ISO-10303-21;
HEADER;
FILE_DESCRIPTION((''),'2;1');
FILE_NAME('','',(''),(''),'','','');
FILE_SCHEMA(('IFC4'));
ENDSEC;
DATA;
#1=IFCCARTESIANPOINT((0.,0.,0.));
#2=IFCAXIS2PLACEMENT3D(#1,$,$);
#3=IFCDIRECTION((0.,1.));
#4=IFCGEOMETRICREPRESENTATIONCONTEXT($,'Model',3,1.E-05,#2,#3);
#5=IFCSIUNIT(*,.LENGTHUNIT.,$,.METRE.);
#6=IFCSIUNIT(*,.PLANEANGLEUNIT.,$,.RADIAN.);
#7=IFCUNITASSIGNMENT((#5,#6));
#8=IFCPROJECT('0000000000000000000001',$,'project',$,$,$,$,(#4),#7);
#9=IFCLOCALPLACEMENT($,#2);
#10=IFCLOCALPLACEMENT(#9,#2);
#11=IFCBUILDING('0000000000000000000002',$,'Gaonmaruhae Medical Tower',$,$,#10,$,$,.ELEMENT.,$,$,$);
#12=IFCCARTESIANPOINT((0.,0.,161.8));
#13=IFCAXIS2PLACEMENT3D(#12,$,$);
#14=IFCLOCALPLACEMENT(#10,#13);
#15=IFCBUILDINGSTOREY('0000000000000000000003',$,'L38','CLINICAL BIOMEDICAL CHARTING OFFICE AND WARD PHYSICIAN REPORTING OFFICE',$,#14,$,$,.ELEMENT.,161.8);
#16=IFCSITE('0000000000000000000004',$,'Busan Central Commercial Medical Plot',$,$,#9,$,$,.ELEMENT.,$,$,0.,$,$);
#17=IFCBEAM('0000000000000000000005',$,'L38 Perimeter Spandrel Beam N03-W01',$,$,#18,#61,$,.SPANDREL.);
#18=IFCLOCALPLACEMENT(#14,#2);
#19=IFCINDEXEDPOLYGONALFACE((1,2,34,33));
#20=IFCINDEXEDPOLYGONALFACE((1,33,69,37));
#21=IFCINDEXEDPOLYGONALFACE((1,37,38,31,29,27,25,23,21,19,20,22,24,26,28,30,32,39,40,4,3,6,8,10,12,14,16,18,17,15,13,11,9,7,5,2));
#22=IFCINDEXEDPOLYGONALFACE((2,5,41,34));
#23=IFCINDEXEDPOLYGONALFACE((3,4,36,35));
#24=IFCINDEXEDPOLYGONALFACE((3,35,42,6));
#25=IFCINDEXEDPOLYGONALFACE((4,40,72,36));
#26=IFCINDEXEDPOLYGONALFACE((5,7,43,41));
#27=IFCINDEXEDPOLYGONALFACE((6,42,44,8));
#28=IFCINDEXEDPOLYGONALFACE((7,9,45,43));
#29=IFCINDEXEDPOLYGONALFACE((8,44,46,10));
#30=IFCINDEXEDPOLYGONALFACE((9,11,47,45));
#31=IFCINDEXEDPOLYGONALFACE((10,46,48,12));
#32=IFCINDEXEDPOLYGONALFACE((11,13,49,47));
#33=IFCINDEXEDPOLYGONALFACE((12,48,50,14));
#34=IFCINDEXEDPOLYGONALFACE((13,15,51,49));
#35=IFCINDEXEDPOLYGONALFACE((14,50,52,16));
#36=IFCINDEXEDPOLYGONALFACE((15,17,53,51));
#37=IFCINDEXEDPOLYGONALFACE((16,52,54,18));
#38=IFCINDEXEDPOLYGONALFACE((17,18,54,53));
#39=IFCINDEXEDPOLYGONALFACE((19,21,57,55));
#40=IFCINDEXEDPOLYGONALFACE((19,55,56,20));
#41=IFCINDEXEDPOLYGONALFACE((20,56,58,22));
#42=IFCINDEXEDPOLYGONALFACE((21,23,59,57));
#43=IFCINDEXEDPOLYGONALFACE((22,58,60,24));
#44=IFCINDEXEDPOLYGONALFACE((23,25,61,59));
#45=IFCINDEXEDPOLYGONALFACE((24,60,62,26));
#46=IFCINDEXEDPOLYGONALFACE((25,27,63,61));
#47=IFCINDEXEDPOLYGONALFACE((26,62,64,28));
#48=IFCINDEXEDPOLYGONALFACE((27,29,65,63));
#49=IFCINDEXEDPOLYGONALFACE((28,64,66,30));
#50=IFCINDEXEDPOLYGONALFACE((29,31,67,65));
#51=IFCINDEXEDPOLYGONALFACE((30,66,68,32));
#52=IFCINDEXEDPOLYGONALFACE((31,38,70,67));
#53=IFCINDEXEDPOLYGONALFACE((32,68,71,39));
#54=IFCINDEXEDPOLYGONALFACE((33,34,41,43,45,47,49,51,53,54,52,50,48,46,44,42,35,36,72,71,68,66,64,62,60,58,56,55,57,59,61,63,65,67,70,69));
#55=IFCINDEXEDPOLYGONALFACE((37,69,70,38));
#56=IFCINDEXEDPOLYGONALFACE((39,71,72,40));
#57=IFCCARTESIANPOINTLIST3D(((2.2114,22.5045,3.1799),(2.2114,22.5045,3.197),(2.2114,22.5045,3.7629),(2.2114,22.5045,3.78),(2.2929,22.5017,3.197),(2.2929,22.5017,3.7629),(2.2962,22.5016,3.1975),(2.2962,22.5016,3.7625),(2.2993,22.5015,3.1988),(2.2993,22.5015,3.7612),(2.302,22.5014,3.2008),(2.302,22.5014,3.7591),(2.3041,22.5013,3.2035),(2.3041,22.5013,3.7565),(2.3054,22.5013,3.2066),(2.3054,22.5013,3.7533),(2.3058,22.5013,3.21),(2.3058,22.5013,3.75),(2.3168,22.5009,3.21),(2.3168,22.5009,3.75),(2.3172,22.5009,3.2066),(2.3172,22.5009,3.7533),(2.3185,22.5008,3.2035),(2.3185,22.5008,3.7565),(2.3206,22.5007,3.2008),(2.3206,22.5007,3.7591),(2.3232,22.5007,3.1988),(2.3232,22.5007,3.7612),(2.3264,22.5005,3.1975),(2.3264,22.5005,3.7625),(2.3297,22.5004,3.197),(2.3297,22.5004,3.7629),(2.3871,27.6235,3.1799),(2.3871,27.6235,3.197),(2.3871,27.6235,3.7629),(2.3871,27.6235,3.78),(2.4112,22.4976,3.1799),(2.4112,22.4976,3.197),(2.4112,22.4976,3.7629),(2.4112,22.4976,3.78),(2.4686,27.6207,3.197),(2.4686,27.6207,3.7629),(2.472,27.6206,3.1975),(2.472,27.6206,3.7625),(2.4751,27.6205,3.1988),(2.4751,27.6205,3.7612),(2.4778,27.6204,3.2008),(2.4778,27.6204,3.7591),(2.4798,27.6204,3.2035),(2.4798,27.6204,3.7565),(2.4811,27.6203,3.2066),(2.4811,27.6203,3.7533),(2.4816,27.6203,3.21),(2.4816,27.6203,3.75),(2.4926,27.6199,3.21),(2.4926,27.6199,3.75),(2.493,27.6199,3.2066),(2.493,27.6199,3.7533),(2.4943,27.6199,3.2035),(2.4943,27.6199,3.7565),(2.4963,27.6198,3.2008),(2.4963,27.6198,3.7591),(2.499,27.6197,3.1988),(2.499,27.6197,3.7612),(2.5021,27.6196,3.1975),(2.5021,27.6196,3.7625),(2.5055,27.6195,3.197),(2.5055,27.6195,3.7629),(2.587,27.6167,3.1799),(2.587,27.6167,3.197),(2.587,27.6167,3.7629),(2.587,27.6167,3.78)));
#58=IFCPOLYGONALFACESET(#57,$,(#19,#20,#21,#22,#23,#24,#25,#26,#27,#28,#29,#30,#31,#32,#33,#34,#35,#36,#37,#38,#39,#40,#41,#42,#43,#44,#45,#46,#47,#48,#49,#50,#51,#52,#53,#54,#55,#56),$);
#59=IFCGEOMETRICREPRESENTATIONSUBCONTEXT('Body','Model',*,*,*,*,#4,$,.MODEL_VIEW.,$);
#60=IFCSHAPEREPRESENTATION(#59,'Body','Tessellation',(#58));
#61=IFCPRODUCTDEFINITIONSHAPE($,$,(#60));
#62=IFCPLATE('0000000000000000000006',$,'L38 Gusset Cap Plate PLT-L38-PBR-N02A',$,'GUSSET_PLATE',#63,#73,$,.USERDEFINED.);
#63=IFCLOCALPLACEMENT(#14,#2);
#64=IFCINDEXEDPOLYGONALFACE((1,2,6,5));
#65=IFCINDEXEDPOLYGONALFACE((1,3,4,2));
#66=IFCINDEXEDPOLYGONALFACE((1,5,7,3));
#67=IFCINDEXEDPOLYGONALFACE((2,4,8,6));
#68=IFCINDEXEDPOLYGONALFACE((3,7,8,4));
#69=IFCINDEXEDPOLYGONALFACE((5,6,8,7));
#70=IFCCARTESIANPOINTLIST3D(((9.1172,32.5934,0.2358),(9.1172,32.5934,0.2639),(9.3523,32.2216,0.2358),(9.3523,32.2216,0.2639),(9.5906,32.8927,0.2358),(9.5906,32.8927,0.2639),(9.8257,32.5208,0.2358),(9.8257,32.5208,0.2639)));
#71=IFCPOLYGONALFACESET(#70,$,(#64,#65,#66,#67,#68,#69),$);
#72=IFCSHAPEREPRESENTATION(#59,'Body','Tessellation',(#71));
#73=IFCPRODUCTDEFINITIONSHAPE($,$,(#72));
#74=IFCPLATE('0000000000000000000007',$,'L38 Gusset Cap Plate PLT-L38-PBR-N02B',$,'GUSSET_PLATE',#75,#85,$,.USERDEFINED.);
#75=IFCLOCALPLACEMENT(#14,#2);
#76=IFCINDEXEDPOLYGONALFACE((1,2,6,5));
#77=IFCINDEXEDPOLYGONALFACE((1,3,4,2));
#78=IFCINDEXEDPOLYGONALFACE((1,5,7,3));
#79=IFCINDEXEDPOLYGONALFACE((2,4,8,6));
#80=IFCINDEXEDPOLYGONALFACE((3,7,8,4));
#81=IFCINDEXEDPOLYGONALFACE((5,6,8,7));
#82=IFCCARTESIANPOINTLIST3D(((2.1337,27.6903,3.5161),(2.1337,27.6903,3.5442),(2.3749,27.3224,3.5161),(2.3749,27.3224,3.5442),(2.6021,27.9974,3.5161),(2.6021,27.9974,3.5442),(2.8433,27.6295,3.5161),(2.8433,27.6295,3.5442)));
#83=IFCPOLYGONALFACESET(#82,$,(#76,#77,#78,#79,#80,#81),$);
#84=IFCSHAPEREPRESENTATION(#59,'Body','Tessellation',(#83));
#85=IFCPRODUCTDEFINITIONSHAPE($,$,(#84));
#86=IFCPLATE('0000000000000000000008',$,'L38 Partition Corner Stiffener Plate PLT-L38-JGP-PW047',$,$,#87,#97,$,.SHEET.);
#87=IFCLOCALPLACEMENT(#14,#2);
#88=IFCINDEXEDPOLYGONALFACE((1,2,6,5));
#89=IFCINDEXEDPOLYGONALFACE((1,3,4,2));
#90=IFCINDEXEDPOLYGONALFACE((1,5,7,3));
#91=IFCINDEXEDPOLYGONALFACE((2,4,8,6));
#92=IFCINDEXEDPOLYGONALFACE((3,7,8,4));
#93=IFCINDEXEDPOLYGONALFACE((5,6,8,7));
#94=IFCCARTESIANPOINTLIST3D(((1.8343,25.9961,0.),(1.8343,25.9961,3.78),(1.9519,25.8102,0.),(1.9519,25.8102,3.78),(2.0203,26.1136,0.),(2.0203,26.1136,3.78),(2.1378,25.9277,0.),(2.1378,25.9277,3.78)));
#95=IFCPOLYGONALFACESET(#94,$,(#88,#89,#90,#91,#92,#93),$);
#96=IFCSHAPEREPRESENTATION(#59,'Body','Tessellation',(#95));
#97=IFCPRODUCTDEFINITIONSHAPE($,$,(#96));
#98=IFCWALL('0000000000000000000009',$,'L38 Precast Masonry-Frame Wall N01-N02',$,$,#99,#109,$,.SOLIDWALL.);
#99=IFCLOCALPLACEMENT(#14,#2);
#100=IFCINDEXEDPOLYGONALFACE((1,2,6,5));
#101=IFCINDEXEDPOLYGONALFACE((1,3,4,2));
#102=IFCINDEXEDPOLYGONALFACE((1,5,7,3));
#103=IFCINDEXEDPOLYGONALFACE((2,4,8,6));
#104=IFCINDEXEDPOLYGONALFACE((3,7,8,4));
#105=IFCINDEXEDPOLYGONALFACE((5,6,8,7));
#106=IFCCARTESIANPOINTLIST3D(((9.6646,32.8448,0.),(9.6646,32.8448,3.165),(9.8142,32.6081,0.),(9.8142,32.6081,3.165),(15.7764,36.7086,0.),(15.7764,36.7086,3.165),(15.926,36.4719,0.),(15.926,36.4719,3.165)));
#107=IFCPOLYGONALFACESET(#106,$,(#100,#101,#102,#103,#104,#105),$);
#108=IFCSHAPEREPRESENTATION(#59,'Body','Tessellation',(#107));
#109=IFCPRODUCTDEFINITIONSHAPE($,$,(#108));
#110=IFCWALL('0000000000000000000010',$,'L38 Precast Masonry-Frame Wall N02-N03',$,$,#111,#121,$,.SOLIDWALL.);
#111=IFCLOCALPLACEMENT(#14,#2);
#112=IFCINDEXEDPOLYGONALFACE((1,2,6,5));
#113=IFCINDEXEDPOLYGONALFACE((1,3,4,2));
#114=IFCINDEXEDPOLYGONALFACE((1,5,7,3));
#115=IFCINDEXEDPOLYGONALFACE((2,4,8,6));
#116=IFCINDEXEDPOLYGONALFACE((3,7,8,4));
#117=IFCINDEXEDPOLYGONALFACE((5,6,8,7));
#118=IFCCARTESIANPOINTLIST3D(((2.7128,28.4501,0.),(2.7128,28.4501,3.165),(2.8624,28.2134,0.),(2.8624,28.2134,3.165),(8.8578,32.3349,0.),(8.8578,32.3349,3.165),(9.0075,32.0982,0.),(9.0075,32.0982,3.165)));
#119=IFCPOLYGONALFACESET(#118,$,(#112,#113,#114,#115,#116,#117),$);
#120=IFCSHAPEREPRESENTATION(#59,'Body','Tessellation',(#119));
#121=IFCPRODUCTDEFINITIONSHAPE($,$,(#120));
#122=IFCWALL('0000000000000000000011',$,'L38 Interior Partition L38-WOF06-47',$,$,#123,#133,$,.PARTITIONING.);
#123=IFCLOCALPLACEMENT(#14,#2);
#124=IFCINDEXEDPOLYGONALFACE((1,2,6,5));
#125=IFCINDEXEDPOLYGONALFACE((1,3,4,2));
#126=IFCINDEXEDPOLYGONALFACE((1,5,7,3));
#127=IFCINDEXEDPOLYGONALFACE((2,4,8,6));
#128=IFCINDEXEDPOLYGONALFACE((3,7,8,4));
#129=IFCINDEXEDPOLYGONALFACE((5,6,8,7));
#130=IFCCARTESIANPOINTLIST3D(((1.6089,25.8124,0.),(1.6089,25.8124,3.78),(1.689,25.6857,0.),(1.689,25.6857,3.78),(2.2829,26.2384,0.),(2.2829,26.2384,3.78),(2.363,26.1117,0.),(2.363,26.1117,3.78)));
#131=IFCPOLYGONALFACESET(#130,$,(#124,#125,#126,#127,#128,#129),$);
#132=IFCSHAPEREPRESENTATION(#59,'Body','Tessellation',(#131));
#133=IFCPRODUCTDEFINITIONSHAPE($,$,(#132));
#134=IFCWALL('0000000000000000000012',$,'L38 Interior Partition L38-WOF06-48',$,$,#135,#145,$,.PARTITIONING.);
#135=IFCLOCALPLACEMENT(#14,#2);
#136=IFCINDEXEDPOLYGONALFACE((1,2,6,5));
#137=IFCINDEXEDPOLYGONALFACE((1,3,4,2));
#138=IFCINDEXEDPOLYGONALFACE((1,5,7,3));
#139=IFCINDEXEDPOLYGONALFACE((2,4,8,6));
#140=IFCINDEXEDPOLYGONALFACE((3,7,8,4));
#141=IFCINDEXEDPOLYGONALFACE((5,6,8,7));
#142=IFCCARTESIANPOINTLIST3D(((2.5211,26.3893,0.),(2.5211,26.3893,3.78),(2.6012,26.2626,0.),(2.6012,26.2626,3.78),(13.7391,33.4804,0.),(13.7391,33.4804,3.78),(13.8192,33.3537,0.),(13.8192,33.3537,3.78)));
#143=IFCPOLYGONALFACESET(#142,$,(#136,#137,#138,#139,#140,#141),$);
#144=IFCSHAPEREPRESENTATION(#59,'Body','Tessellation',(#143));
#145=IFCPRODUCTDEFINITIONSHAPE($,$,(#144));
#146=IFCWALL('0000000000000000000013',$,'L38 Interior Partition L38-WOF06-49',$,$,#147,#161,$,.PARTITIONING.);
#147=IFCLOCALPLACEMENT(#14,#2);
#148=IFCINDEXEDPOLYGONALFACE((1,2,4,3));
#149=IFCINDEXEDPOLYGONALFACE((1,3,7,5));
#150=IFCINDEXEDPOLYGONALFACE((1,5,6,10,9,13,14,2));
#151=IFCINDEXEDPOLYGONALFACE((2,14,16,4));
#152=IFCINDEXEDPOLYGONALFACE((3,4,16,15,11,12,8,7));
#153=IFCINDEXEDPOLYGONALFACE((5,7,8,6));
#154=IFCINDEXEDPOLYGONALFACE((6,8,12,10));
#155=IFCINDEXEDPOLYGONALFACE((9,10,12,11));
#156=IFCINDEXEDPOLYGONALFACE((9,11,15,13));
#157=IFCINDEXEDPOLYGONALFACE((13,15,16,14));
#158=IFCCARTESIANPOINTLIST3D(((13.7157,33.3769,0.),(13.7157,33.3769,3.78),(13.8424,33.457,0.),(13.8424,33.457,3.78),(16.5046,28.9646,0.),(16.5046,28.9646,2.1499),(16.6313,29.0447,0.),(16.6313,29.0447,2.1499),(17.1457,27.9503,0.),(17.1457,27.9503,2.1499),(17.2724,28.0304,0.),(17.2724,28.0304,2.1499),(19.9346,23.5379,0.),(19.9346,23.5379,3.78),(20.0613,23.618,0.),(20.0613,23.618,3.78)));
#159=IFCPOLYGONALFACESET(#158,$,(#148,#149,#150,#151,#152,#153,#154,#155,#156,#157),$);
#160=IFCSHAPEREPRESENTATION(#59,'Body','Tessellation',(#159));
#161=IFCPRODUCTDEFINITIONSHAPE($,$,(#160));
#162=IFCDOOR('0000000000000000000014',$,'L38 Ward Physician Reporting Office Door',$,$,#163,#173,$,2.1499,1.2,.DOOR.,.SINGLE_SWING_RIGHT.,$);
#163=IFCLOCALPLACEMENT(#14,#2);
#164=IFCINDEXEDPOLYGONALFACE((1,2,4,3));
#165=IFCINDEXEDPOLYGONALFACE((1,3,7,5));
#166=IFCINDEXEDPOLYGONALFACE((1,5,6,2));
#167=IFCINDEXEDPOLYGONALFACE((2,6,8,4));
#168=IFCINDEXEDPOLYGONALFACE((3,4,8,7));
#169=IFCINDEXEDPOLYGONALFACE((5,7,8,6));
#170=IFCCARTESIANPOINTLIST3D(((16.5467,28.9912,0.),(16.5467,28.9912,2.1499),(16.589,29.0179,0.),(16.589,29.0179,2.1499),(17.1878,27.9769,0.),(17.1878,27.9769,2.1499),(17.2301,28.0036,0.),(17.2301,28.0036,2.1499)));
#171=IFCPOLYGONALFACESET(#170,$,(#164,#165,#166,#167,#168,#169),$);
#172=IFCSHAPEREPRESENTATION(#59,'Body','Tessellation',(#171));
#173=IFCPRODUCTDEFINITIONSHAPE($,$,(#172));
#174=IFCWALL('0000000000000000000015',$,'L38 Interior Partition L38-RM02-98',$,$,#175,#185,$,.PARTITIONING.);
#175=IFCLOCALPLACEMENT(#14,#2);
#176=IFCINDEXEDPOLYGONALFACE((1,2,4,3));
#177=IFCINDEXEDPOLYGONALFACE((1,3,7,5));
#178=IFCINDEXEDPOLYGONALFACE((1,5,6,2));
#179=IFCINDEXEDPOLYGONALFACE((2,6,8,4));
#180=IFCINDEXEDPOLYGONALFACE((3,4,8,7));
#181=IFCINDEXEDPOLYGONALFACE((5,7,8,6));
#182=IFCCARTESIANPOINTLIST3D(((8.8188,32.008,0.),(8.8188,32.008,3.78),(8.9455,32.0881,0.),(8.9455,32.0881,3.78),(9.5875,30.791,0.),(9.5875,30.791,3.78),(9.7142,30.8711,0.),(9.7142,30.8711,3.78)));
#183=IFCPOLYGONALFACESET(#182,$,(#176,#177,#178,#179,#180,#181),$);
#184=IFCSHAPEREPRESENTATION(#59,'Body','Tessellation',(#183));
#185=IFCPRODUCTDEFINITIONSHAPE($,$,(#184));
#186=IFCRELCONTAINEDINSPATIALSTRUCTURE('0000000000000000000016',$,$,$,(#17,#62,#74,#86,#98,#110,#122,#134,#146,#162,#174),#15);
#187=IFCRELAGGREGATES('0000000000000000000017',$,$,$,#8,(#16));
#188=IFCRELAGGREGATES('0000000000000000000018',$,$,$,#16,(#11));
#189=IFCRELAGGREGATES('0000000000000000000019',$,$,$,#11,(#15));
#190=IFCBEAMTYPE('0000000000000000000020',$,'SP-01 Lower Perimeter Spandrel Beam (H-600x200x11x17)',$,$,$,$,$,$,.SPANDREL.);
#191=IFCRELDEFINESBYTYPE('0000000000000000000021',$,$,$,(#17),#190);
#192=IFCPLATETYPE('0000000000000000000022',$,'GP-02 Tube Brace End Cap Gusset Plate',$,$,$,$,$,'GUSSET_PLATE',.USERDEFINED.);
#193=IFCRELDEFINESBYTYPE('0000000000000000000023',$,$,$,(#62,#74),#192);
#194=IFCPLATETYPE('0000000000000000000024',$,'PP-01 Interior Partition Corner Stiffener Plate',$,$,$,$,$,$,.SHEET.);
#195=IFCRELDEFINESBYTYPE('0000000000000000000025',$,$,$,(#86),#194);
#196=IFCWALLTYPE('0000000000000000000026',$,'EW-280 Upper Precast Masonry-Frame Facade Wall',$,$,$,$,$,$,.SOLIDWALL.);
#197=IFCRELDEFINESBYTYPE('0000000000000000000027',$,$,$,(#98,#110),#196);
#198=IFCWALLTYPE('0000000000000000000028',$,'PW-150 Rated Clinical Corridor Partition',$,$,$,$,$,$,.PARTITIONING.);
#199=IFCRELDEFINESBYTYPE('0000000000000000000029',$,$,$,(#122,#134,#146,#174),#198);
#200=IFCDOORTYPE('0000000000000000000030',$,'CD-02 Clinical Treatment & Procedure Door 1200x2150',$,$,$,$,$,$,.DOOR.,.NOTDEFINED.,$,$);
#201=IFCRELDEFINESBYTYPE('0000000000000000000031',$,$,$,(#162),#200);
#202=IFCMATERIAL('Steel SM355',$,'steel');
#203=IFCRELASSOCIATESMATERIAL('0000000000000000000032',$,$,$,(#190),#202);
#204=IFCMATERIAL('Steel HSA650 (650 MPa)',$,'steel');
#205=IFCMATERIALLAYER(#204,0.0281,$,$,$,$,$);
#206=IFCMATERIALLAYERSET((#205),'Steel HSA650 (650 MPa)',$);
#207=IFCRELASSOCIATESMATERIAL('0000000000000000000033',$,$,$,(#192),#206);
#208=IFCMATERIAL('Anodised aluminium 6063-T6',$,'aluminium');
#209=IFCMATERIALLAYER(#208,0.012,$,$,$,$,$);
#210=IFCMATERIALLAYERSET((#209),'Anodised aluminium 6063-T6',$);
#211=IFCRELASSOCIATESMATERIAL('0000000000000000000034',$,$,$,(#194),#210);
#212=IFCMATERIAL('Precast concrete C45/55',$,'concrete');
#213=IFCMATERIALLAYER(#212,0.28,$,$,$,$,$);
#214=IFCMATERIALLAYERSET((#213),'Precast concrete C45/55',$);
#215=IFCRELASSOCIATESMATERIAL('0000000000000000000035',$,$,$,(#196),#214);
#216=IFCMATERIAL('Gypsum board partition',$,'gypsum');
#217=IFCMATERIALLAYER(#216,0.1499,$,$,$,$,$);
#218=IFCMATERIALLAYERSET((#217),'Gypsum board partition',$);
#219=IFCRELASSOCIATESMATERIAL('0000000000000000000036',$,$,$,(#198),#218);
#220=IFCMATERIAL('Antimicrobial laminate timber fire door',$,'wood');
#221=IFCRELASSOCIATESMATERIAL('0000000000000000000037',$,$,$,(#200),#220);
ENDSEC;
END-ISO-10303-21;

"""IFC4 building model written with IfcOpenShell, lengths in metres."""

from ifc_helpers import new_model, si_unit, direction, frame, frame_2d, origin, origin_2d, place, context, subcontext, project, spatial, rectangle, i_section, extrude, material, layer, layer_set, material_profile, profile_set, type_object, element, fill, save


model = new_model("IFC4")

# Units and contexts
model_context = context("Model", 3, precision=1e-05, world=origin(), true_north=direction((0.0, 1.0)))
body_context = subcontext(model_context, "Body", "Model", "MODEL_VIEW")
ifc_project = project(units=[si_unit("LENGTHUNIT", "METRE"), si_unit("PLANEANGLEUNIT", "RADIAN")], contexts=[model_context])

# Site, building, storey
site_placement = place(None, origin())
site = spatial("IfcSite", under=ifc_project, at=site_placement, Name="Busan Central Commercial Medical Plot", CompositionType="ELEMENT", RefElevation=0.0)
building_placement = place(site_placement, origin())
building = spatial("IfcBuilding", under=site, at=building_placement, Name="Gaonmaruhae Medical Tower", CompositionType="ELEMENT")
storey_placement = place(building_placement, frame((0.0, 0.0, 161.8)))
storey = spatial("IfcBuildingStorey", under=building, at=storey_placement, Name="L38", Description="CLINICAL BIOMEDICAL CHARTING OFFICE AND WARD PHYSICIAN REPORTING OFFICE", CompositionType="ELEMENT", Elevation=161.8)

# Shared definitions
ifc_material_1 = material(Name="Steel SM355", Category="steel")

# Beam
ifc_material_profile_1 = material_profile(ifc_material_1, i_section(OverallWidth=0.2, OverallDepth=0.6001, WebThickness=0.011, FlangeThickness=0.0171, FilletRadius=0.0129, at=origin_2d()), Name="H-600x200x11x17")
ifc_profile_set_1 = profile_set([ifc_material_profile_1], Name="Steel SM355")
beam_type_1 = type_object("IfcBeamType", Name="SP-01 Lower Perimeter Spandrel Beam (H-600x200x11x17)", PredefinedType="SPANDREL", material=ifc_profile_set_1)
beam_1_placement = place(storey_placement, frame((2.4871, 27.6201, 3.48), z_axis=(-0.034318, -0.999411, 0.0), x_axis=(0.999411, -0.034318, 0.0)))
element("IfcBeam", 1, at=beam_1_placement, inside=storey, type_object=beam_type_1, Name="L38 Perimeter Spandrel Beam N03-W01", PredefinedType="SPANDREL", context=body_context, shape_type="SweptSolid", body=[
    extrude(i_section(OverallWidth=0.2, OverallDepth=0.6001, WebThickness=0.011, FlangeThickness=0.0171, FilletRadius=0.0129, at=origin_2d()), origin(), (0.0, 0.0, 1.0), 5.1221),
])

# Plates
ifc_material_2 = material(Name="Steel HSA650 (650 MPa)", Category="steel")
ifc_layer_1 = layer(ifc_material_2, 0.0281)
ifc_layer_set_1 = layer_set([ifc_layer_1], Name="Steel HSA650 (650 MPa)")
plate_type_1 = type_object("IfcPlateType", Name="GP-02 Tube Brace End Cap Gusset Plate", ElementType="GUSSET_PLATE", PredefinedType="USERDEFINED", material=ifc_layer_set_1)
for number, where, z_axis, x_axis, name in (
    (2, (9.4714, 32.5571, 0.2358), (0.0, 0.0, 1.0), (0.845262, 0.534352, 0.0), "L38 Gusset Cap Plate PLT-L38-PBR-N02A"),
    (3, (2.4885, 27.6599, 3.5161), (0.0, 0.0, 1.0), (0.836286, 0.548293, 0.0), "L38 Gusset Cap Plate PLT-L38-PBR-N02B"),
):
    element("IfcPlate", number, at=place(storey_placement, frame(where, z_axis=z_axis, x_axis=x_axis)), inside=storey, type_object=plate_type_1, Name=name, ObjectType="GUSSET_PLATE", PredefinedType="USERDEFINED", context=body_context, shape_type="SweptSolid", body=[
        extrude(rectangle(XDim=0.5601, YDim=0.4399, at=origin_2d()), origin(), (0.0, 0.0, 1.0), 0.0281),
    ])
ifc_material_3 = material(Name="Anodised aluminium 6063-T6", Category="aluminium")
ifc_layer_2 = layer(ifc_material_3, 0.012)
ifc_layer_set_2 = layer_set([ifc_layer_2], Name="Anodised aluminium 6063-T6")
plate_type_2 = type_object("IfcPlateType", Name="PP-01 Interior Partition Corner Stiffener Plate", PredefinedType="SHEET", material=ifc_layer_set_2)
plate_placement = place(storey_placement, frame((1.9861, 25.9619, 0.0), z_axis=(0.0, 0.0, 1.0), x_axis=(0.845308, 0.534279, 0.0)))
element("IfcPlate", 4, at=plate_placement, inside=storey, type_object=plate_type_2, Name="L38 Partition Corner Stiffener Plate PLT-L38-JGP-PW047", PredefinedType="SHEET", context=body_context, shape_type="SweptSolid", body=[
    extrude(rectangle(XDim=0.22, YDim=0.22, at=origin_2d()), origin(), (0.0, 0.0, 1.0), 3.78),
])

# Walls
ifc_material_4 = material(Name="Precast concrete C45/55", Category="concrete")
ifc_layer_3 = layer(ifc_material_4, 0.28)
ifc_layer_set_3 = layer_set([ifc_layer_3], Name="Precast concrete C45/55")
wall_type_1 = type_object("IfcWallType", Name="EW-280 Upper Precast Masonry-Frame Facade Wall", PredefinedType="SOLIDWALL", material=ifc_layer_set_3)
wall_1_placement = place(storey_placement, frame((9.7395, 32.7266, 0.0), z_axis=(0.0, 0.0, 1.0), x_axis=(0.845259, 0.534356, 0.0)))
element("IfcWall", 5, at=wall_1_placement, inside=storey, type_object=wall_type_1, Name="L38 Precast Masonry-Frame Wall N01-N02", PredefinedType="SOLIDWALL", context=body_context, shape_type="SweptSolid", body=[
    extrude(rectangle(XDim=7.2307, YDim=0.28, at=frame_2d((3.6152, 0.0))), origin(), (0.0, 0.0, 1.0), 3.165),
])
wall_2_placement = place(storey_placement, frame((2.7876, 28.3318, 0.0), z_axis=(0.0, 0.0, 1.0), x_axis=(0.845259, 0.534357, 0.0)))
element("IfcWall", 6, at=wall_2_placement, inside=storey, type_object=wall_type_1, Name="L38 Precast Masonry-Frame Wall N02-N03", PredefinedType="SOLIDWALL", context=body_context, shape_type="SweptSolid", body=[
    extrude(rectangle(XDim=7.27, YDim=0.28, at=frame_2d((3.635, 0.0))), origin(), (0.0, 0.0, 1.0), 3.165),
])
ifc_material_5 = material(Name="Gypsum board partition", Category="gypsum")
ifc_layer_4 = layer(ifc_material_5, 0.1499)
ifc_layer_set_4 = layer_set([ifc_layer_4], Name="Gypsum board partition")
wall_type_2 = type_object("IfcWallType", Name="PW-150 Rated Clinical Corridor Partition", PredefinedType="PARTITIONING", material=ifc_layer_set_4)
wall_3_placement = place(storey_placement, frame((1.6489, 25.749, 0.0), z_axis=(0.0, 0.0, 1.0), x_axis=(0.845322, 0.534258, 0.0)))
element("IfcWall", 7, at=wall_3_placement, inside=storey, type_object=wall_type_2, Name="L38 Interior Partition L38-WOF06-47", PredefinedType="PARTITIONING", context=body_context, shape_type="SweptSolid", body=[
    extrude(rectangle(XDim=0.7974, YDim=0.1499, at=frame_2d((0.3987, 0.0))), origin(), (0.0, 0.0, 1.0), 3.78),
])
wall_4_placement = place(storey_placement, frame((2.561, 26.3259, 0.0), z_axis=(0.0, 0.0, 1.0), x_axis=(0.845285, 0.534316, 0.0)))
element("IfcWall", 8, at=wall_4_placement, inside=storey, type_object=wall_type_2, Name="L38 Interior Partition L38-WOF06-48", PredefinedType="PARTITIONING", context=body_context, shape_type="SweptSolid", body=[
    extrude(rectangle(XDim=13.2712, YDim=0.1499, at=frame_2d((6.6357, 0.0))), origin(), (0.0, 0.0, 1.0), 3.78),
])

# Wall, opening, door
wall_5_placement = place(storey_placement, frame((13.7791, 33.417, 0.0), z_axis=(0.0, 0.0, 1.0), x_axis=(0.534289, -0.845302, 0.0)))
wall_5 = element("IfcWall", 9, at=wall_5_placement, inside=storey, type_object=wall_type_2, Name="L38 Interior Partition L38-WOF06-49", PredefinedType="PARTITIONING", context=body_context, shape_type="SweptSolid", body=[
    extrude(rectangle(XDim=11.6396, YDim=0.1499, at=frame_2d((5.8198, 0.0))), origin(), (0.0, 0.0, 1.0), 3.78),
])
opening_placement = place(wall_5_placement, frame((5.2197, 0.0, 0.0)))
opening = element("IfcOpeningElement", 10, at=opening_placement, cuts=wall_5, PredefinedType="OPENING", context=body_context, shape_type="SweptSolid", body=[
    extrude(rectangle(XDim=1.2, YDim=2.1499, at=frame_2d((0.6001, 1.075))), frame((0.0, 0.085, 0.0), z_axis=(0.0, -1.0, 0.0), x_axis=(1.0, 0.0, 0.0)), (0.0, 0.0, 1.0), 0.1699),
])
ifc_material_6 = material(Name="Antimicrobial laminate timber fire door", Category="wood")
door_type = type_object("IfcDoorType", Name="CD-02 Clinical Treatment & Procedure Door 1200x2150", OperationType="NOTDEFINED", PredefinedType="DOOR", material=ifc_material_6)
door_placement = place(opening_placement, origin())
door = element("IfcDoor", 11, at=door_placement, inside=storey, type_object=door_type, Name="L38 Ward Physician Reporting Office Door", OperationType="SINGLE_SWING_RIGHT", OverallHeight=2.1499, OverallWidth=1.2, PredefinedType="DOOR", context=body_context, shape_type="SweptSolid", body=[
    extrude(rectangle(XDim=1.2, YDim=2.1499, at=frame_2d((0.6001, 1.075))), frame((0.0, 0.0249, 0.0), z_axis=(0.0, -1.0, 0.0), x_axis=(1.0, 0.0, 0.0)), (0.0, 0.0, 1.0), 0.05),
])
fill(opening, door)

# Wall
wall_6_placement = place(storey_placement, frame((9.6509, 30.8311, 0.0), z_axis=(0.0, 0.0, 1.0), x_axis=(-0.534063, 0.845445, 0.0)))
element("IfcWall", 12, at=wall_6_placement, inside=storey, type_object=wall_type_2, Name="L38 Interior Partition L38-RM02-98", PredefinedType="PARTITIONING", context=body_context, shape_type="SweptSolid", body=[
    extrude(rectangle(XDim=1.4395, YDim=0.1499, at=frame_2d((0.7197, 0.0))), origin(), (0.0, 0.0, 1.0), 3.78),
])

save(model, "model.ifc")
